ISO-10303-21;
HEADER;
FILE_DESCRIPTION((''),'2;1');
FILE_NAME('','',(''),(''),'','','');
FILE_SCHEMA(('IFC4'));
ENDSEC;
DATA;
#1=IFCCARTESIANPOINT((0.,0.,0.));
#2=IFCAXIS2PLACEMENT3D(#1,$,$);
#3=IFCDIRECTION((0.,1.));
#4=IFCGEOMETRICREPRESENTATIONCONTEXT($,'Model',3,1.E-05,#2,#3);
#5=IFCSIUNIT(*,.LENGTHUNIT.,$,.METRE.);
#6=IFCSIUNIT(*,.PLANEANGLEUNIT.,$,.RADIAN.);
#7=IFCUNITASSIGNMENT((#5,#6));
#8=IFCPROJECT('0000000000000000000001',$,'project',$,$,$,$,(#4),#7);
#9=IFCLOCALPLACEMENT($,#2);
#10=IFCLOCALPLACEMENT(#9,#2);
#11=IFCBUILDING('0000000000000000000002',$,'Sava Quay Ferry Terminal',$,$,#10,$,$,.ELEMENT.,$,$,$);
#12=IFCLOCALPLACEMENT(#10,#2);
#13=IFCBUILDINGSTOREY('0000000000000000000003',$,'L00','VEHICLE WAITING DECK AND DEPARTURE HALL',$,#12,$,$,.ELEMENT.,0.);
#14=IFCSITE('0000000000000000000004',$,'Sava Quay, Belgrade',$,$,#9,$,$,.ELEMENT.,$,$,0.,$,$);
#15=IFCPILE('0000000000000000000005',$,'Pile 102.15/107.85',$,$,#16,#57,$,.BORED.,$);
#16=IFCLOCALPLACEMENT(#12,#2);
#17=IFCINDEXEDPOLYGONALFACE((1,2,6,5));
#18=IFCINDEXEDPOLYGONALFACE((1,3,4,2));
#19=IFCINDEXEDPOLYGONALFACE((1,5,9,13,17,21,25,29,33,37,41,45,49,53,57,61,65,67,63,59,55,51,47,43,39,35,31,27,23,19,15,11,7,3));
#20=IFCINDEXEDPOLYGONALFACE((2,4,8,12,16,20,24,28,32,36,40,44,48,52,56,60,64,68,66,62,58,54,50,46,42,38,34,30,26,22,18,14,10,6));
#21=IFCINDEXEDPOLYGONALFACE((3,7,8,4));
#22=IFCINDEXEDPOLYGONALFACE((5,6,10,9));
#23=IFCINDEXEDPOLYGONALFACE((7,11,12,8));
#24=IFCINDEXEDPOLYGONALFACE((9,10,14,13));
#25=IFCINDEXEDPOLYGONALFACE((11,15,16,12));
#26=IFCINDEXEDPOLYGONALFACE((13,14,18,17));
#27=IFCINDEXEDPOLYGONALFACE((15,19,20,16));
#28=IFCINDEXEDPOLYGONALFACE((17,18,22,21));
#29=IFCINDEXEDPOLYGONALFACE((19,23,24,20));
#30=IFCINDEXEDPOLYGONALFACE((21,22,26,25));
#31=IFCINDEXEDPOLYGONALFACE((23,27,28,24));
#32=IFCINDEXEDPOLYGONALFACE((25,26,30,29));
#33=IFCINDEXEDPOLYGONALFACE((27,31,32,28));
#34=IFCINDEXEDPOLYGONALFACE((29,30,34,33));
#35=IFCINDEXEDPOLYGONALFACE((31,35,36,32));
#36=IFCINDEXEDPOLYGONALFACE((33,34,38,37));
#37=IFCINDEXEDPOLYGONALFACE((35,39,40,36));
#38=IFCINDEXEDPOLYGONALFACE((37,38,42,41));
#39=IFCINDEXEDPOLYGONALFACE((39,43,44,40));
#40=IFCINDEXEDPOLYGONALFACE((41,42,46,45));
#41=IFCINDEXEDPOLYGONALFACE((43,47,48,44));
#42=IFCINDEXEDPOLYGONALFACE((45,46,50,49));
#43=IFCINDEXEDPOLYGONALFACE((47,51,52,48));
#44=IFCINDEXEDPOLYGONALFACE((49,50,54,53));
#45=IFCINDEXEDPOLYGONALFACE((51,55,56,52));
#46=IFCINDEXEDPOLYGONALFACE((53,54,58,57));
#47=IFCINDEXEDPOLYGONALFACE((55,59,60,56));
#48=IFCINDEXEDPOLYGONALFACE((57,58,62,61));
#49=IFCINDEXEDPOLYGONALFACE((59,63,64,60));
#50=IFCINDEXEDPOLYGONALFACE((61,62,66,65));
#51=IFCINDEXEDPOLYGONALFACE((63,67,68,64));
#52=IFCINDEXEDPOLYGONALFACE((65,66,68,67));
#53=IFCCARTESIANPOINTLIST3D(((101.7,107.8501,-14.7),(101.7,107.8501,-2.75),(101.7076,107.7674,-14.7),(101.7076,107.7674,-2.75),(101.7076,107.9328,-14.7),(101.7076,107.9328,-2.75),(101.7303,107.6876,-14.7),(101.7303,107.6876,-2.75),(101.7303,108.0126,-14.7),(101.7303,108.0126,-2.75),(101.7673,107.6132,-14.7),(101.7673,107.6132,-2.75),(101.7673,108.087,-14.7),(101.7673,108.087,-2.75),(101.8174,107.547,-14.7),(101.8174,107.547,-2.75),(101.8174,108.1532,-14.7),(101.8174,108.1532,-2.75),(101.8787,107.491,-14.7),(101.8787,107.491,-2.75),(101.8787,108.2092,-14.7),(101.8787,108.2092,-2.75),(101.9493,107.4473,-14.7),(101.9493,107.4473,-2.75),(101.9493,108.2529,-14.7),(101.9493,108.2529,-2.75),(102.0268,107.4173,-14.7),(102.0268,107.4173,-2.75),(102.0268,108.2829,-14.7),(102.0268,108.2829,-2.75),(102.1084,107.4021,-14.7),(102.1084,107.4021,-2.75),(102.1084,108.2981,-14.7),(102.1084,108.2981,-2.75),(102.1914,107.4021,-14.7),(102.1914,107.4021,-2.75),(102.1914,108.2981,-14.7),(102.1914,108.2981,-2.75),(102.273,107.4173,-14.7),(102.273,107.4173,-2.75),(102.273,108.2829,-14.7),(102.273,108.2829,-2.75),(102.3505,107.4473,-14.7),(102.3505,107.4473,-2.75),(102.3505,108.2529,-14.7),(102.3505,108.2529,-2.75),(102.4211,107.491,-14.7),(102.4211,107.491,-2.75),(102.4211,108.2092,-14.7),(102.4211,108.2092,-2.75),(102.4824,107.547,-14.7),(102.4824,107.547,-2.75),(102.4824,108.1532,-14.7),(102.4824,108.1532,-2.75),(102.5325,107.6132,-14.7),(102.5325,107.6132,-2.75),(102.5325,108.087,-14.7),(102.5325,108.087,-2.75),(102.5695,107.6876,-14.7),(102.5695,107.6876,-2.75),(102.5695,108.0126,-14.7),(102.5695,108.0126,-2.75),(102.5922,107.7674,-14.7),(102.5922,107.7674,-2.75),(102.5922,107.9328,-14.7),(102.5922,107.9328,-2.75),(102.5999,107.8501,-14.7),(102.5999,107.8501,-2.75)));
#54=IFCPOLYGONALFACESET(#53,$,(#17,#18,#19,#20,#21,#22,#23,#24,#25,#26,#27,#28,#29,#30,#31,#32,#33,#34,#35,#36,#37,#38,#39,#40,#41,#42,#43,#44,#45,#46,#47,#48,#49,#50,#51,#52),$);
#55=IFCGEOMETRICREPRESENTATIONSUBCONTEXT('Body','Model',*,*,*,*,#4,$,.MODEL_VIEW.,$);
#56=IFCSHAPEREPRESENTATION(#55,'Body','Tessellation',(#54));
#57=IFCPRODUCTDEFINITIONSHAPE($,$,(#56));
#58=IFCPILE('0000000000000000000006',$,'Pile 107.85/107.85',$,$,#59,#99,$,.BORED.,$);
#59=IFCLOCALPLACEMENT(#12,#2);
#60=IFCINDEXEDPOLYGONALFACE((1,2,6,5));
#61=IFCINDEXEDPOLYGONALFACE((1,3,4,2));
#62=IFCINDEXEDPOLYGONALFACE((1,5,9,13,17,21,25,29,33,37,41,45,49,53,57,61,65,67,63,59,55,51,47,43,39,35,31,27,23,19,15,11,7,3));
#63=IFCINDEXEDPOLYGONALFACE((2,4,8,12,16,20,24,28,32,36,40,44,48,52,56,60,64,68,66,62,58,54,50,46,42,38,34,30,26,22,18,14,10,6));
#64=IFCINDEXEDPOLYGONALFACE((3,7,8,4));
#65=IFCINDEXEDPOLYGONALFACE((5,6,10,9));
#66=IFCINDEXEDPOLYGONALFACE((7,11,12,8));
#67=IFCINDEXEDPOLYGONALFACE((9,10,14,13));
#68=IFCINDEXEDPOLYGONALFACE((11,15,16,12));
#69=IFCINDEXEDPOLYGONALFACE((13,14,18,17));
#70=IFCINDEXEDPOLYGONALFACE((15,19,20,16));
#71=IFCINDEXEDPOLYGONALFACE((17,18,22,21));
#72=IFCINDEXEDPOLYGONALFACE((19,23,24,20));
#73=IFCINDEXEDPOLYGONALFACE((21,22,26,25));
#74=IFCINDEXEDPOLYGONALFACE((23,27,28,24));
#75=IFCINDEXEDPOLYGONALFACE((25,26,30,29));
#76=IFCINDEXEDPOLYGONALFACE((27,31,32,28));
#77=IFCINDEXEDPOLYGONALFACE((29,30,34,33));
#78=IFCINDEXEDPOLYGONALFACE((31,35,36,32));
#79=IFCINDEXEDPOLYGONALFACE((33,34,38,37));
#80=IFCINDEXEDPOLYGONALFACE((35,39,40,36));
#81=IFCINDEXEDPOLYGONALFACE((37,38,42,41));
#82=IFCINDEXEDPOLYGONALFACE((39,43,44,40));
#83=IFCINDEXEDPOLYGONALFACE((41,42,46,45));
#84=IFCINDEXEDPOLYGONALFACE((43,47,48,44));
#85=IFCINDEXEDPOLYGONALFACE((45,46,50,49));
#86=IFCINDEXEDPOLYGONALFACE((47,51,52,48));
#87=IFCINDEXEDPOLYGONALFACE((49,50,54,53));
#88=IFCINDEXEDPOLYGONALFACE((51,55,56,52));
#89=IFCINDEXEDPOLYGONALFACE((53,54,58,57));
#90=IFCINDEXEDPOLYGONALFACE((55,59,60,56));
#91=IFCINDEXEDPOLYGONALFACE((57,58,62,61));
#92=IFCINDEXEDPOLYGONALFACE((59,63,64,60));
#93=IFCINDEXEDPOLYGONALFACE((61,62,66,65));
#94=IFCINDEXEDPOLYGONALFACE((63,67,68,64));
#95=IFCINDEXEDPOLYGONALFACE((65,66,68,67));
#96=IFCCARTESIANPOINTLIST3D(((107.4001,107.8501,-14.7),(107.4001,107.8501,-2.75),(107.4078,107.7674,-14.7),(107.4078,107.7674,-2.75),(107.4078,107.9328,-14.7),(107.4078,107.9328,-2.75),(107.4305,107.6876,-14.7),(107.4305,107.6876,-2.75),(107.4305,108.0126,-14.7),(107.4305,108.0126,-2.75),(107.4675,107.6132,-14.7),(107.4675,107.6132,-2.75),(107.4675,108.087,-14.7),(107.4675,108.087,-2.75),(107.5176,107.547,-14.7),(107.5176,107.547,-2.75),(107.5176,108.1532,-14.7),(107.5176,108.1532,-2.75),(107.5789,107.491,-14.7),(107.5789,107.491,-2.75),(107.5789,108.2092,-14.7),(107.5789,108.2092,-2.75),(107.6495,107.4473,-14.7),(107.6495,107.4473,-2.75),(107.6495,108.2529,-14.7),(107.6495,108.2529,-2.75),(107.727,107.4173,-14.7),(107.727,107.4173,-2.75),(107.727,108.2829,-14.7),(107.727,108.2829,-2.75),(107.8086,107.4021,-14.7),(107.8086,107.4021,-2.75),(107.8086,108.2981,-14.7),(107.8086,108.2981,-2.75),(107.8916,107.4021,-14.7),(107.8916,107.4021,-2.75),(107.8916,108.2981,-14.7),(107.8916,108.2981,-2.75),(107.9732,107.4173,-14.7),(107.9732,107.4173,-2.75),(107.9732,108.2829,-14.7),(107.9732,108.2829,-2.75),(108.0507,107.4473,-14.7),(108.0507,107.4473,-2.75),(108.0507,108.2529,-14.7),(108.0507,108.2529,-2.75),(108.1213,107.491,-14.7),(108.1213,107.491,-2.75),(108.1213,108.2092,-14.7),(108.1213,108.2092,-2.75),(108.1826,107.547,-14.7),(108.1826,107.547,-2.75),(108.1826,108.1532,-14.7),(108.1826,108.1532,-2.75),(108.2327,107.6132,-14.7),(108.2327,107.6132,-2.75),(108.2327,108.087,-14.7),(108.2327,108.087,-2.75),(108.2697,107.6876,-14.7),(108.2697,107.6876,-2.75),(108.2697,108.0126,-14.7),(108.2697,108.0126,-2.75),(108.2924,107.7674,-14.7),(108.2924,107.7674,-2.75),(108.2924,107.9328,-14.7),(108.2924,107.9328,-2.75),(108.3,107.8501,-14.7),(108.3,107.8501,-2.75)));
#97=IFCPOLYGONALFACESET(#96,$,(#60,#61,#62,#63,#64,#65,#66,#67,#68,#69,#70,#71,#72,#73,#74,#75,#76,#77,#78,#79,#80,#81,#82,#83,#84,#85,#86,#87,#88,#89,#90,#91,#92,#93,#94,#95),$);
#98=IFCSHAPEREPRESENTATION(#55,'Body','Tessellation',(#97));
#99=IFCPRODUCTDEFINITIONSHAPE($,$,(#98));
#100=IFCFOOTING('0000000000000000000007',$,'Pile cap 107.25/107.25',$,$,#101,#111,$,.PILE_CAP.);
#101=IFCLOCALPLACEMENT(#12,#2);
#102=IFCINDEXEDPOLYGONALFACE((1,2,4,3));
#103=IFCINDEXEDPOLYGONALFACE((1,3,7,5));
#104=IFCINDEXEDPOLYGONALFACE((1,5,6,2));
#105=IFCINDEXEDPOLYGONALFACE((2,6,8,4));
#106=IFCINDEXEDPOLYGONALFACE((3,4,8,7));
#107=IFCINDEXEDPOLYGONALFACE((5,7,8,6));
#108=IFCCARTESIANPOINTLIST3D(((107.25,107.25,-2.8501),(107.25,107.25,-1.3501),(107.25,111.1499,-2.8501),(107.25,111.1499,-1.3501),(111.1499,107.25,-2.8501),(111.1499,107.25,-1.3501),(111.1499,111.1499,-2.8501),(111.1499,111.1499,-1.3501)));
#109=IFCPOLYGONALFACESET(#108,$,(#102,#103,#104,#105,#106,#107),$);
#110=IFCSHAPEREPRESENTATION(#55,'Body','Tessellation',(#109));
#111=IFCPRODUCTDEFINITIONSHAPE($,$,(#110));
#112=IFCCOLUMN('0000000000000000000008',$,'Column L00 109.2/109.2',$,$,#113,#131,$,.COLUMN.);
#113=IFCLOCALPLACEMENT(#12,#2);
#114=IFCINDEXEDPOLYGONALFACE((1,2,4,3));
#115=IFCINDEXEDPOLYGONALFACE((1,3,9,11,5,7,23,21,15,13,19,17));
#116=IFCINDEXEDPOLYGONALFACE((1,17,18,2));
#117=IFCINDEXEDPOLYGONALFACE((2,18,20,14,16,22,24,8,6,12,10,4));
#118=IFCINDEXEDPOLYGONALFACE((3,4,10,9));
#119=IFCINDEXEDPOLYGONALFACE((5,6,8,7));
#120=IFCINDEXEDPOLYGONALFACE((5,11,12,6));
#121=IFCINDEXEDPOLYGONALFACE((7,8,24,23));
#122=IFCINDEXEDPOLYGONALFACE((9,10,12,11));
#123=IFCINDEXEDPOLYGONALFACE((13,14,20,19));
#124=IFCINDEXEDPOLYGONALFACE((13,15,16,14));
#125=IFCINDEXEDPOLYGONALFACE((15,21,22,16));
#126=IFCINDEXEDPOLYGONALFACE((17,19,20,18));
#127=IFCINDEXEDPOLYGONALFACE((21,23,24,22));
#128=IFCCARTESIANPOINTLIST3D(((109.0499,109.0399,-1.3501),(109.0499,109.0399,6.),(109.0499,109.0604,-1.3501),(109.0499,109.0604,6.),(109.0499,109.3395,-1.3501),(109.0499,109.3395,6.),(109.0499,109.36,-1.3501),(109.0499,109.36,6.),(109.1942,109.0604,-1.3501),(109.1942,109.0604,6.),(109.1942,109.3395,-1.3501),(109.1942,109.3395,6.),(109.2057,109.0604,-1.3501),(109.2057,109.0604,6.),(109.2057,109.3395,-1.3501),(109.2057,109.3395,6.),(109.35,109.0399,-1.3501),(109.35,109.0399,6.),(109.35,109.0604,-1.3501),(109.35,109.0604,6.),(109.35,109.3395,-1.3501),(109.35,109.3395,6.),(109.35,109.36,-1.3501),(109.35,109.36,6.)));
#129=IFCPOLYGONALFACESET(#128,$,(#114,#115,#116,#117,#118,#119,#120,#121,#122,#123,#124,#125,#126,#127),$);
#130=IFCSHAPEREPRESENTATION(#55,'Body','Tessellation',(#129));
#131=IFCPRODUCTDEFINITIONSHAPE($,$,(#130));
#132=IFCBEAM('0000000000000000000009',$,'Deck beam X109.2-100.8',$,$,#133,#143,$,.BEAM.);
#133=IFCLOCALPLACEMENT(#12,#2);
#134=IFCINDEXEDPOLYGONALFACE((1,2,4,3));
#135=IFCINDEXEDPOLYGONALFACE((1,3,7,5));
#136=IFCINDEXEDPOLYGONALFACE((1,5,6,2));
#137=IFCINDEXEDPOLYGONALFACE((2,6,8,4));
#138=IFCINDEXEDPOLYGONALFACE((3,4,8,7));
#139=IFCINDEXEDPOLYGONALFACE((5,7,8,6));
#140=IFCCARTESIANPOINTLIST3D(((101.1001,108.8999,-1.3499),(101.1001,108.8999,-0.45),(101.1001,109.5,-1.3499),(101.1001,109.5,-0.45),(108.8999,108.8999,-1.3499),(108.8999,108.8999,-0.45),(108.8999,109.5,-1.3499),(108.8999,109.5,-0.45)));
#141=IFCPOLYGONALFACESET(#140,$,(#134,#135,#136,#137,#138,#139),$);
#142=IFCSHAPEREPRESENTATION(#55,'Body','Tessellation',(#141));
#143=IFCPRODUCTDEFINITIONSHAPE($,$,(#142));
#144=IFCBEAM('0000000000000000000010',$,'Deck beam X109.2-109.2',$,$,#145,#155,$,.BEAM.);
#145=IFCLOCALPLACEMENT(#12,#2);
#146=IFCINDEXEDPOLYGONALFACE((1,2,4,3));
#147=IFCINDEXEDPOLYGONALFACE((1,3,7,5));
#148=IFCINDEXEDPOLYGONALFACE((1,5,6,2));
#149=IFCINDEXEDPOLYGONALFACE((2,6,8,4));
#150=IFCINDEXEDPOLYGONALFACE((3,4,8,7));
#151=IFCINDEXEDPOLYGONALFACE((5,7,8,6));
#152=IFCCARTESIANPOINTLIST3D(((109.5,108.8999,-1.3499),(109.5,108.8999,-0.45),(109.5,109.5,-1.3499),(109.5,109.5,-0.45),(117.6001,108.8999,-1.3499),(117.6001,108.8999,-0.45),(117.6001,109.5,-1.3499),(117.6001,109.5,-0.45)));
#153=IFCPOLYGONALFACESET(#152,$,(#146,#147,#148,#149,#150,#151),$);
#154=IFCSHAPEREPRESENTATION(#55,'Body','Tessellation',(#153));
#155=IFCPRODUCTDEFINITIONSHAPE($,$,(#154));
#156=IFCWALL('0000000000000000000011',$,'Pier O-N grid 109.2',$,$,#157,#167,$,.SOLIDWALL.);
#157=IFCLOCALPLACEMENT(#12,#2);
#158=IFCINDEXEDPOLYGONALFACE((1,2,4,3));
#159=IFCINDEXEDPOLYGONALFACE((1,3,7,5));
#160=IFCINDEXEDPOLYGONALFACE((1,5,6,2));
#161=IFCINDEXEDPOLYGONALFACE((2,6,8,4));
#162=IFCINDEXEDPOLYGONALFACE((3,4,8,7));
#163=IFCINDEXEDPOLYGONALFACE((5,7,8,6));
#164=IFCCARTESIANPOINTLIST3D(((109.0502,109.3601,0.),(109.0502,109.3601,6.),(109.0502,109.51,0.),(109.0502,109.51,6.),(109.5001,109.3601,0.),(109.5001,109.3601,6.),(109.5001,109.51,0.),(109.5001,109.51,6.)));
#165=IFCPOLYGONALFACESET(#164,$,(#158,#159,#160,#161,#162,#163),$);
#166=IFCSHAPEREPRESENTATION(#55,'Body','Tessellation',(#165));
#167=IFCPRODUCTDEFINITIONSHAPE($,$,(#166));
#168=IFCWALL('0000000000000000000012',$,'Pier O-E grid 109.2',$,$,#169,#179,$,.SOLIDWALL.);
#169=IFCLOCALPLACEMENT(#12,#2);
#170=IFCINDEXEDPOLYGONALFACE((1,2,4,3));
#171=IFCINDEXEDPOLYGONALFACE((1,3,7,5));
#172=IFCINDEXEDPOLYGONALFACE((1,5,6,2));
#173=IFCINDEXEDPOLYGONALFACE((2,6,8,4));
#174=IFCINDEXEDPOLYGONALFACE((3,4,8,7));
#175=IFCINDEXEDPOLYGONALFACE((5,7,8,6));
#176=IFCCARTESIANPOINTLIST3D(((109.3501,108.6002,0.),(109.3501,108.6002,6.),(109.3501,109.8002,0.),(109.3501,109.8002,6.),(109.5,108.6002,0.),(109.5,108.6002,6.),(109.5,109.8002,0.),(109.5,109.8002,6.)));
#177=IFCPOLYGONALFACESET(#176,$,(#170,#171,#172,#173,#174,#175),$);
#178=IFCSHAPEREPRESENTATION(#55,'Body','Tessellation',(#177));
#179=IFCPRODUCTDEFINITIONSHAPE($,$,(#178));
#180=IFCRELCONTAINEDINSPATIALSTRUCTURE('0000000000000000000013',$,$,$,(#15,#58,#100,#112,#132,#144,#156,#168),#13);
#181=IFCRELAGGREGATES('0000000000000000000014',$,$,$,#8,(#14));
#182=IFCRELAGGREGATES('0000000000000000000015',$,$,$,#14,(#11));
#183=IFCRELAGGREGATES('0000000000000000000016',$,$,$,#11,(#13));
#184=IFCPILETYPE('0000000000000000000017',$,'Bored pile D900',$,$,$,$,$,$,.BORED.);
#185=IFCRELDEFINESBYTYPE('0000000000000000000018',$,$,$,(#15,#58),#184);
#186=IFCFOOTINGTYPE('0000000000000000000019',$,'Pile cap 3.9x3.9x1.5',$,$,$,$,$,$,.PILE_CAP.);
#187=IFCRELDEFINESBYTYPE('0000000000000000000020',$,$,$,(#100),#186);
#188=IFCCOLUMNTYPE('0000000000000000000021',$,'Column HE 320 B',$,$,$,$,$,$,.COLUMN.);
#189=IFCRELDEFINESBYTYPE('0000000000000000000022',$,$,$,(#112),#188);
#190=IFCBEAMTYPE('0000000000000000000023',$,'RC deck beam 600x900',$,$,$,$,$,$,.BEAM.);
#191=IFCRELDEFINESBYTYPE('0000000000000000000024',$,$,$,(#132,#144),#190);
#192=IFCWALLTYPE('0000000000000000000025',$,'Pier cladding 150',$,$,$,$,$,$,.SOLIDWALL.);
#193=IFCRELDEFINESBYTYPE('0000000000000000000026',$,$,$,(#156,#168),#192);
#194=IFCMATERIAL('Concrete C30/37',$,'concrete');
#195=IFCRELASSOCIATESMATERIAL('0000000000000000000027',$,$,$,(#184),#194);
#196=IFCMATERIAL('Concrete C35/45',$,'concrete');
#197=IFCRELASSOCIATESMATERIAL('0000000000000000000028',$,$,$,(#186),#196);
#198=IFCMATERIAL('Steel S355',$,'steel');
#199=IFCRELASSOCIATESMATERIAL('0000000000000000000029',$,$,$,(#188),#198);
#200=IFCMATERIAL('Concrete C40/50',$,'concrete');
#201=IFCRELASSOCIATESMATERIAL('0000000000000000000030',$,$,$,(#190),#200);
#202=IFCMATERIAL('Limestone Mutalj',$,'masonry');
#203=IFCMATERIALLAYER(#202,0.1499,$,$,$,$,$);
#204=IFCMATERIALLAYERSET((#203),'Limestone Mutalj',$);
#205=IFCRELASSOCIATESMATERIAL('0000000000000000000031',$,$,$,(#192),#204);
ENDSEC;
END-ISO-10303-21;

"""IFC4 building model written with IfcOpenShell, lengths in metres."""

from ifc_helpers import new_model, si_unit, direction, frame, frame_2d, origin, origin_2d, place, context, subcontext, project, spatial, rectangle, circle, i_section, extrude, material, layer, layer_set, material_profile, profile_set, type_object, element, save


model = new_model("IFC4")

# Units and contexts
model_context = context("Model", 3, precision=1e-05, world=origin(), true_north=direction((0.0, 1.0)))
body_context = subcontext(model_context, "Body", "Model", "MODEL_VIEW")
ifc_project = project(units=[si_unit("LENGTHUNIT", "METRE"), si_unit("PLANEANGLEUNIT", "RADIAN")], contexts=[model_context])

# Site, building, storey
site_placement = place(None, origin())
site = spatial("IfcSite", under=ifc_project, at=site_placement, Name="Sava Quay, Belgrade", CompositionType="ELEMENT", RefElevation=0.0)
building_placement = place(site_placement, origin())
building = spatial("IfcBuilding", under=site, at=building_placement, Name="Sava Quay Ferry Terminal", CompositionType="ELEMENT")
storey_placement = place(building_placement, origin())
storey = spatial("IfcBuildingStorey", under=building, at=storey_placement, Name="L00", Description="VEHICLE WAITING DECK AND DEPARTURE HALL", CompositionType="ELEMENT", Elevation=0.0)

# Piles
ifc_material_1 = material(Name="Concrete C30/37", Category="concrete")
ifc_material_profile_1 = material_profile(ifc_material_1, circle(Radius=0.45, at=origin_2d()), Name="Bored pile D900")
ifc_profile_set_1 = profile_set([ifc_material_profile_1], Name="Concrete C30/37")
pile_type = type_object("IfcPileType", Name="Bored pile D900", PredefinedType="BORED", material=ifc_profile_set_1)
for number, where, z_axis, x_axis, name in (
    (1, (102.1499, 107.8501, -2.75), (0.0, 0.0, -1.0), (1.0, 0.0, 0.0), "Pile 102.15/107.85"),
    (2, (107.8501, 107.8501, -2.75), (0.0, 0.0, -1.0), (1.0, 0.0, 0.0), "Pile 107.85/107.85"),
):
    element("IfcPile", number, at=place(storey_placement, frame(where, z_axis=z_axis, x_axis=x_axis)), inside=storey, type_object=pile_type, Name=name, PredefinedType="BORED", context=body_context, shape_type="SweptSolid", body=[
        extrude(circle(Radius=0.45, at=origin_2d()), origin(), (0.0, 0.0, 1.0), 11.95),
    ])

# Footing
ifc_material_2 = material(Name="Concrete C35/45", Category="concrete")
footing_type = type_object("IfcFootingType", Name="Pile cap 3.9x3.9x1.5", PredefinedType="PILE_CAP", material=ifc_material_2)
footing_placement = place(storey_placement, frame((109.2, 109.2, -2.8501), z_axis=(0.0, 0.0, 1.0), x_axis=(1.0, 0.0, 0.0)))
element("IfcFooting", 3, at=footing_placement, inside=storey, type_object=footing_type, Name="Pile cap 107.25/107.25", PredefinedType="PILE_CAP", context=body_context, shape_type="SweptSolid", body=[
    extrude(rectangle(XDim=3.8999, YDim=3.8999, at=origin_2d()), origin(), (0.0, 0.0, 1.0), 1.5),
])

# Column
ifc_material_3 = material(Name="Steel S355", Category="steel")
ifc_material_profile_2 = material_profile(ifc_material_3, i_section(OverallWidth=0.3, OverallDepth=0.3201, WebThickness=0.0115, FlangeThickness=0.0205, at=origin_2d()), Name="HE 320 B")
ifc_profile_set_2 = profile_set([ifc_material_profile_2], Name="Steel S355")
column_type = type_object("IfcColumnType", Name="Column HE 320 B", PredefinedType="COLUMN", material=ifc_profile_set_2)
column_placement = place(storey_placement, frame((109.2, 109.2, -1.3501), z_axis=(0.0, 0.0, 1.0), x_axis=(1.0, 0.0, 0.0)))
element("IfcColumn", 4, at=column_placement, inside=storey, type_object=column_type, Name="Column L00 109.2/109.2", PredefinedType="COLUMN", context=body_context, shape_type="SweptSolid", body=[
    extrude(i_section(OverallWidth=0.3, OverallDepth=0.3201, WebThickness=0.0115, FlangeThickness=0.0205, at=origin_2d()), origin(), (0.0, 0.0, 1.0), 7.3501),
])

# Beams
ifc_material_4 = material(Name="Concrete C40/50", Category="concrete")
ifc_material_profile_3 = material_profile(ifc_material_4, rectangle(XDim=0.6001, YDim=0.8999, at=origin_2d()), Name="RC 600x900")
ifc_profile_set_3 = profile_set([ifc_material_profile_3], Name="Concrete C40/50")
beam_type = type_object("IfcBeamType", Name="RC deck beam 600x900", PredefinedType="BEAM", material=ifc_profile_set_3)
beam_1_placement = place(storey_placement, frame((101.1001, 109.2, -0.8999), z_axis=(1.0, 0.0, 0.0), x_axis=(0.0, 1.0, 0.0)))
element("IfcBeam", 5, at=beam_1_placement, inside=storey, type_object=beam_type, Name="Deck beam X109.2-100.8", PredefinedType="BEAM", context=body_context, shape_type="SweptSolid", body=[
    extrude(rectangle(XDim=0.6001, YDim=0.8999, at=origin_2d()), origin(), (0.0, 0.0, 1.0), 7.7998),
])
beam_2_placement = place(storey_placement, frame((109.5, 109.2, -0.8999), z_axis=(1.0, 0.0, 0.0), x_axis=(0.0, 1.0, 0.0)))
element("IfcBeam", 6, at=beam_2_placement, inside=storey, type_object=beam_type, Name="Deck beam X109.2-109.2", PredefinedType="BEAM", context=body_context, shape_type="SweptSolid", body=[
    extrude(rectangle(XDim=0.6001, YDim=0.8999, at=origin_2d()), origin(), (0.0, 0.0, 1.0), 8.1001),
])

# Walls
ifc_material_5 = material(Name="Limestone Mutalj", Category="masonry")
ifc_layer_1 = layer(ifc_material_5, 0.1499)
ifc_layer_set_1 = layer_set([ifc_layer_1], Name="Limestone Mutalj")
wall_type_1 = type_object("IfcWallType", Name="Pier cladding 150", PredefinedType="SOLIDWALL", material=ifc_layer_set_1)
wall_1_placement = place(storey_placement, frame((109.05, 109.4351, 0.0), z_axis=(0.0, 0.0, 1.0), x_axis=(1.0, 0.0, 0.0)))
element("IfcWall", 7, at=wall_1_placement, inside=storey, type_object=wall_type_1, Name="Pier O-N grid 109.2", PredefinedType="SOLIDWALL", context=body_context, shape_type="SweptSolid", body=[
    extrude(rectangle(XDim=0.45, YDim=0.1499, at=frame_2d((0.2251, 0.0))), origin(), (0.0, 0.0, 1.0), 6.0),
])
wall_2_placement = place(storey_placement, frame((109.425, 108.6001, 0.0), z_axis=(0.0, 0.0, 1.0), x_axis=(0.0, 1.0, 0.0)))
element("IfcWall", 8, at=wall_2_placement, inside=storey, type_object=wall_type_1, Name="Pier O-E grid 109.2", PredefinedType="SOLIDWALL", context=body_context, shape_type="SweptSolid", body=[
    extrude(rectangle(XDim=1.2, YDim=0.1499, at=frame_2d((0.6001, 0.0))), origin(), (0.0, 0.0, 1.0), 6.0),
])

save(model, "model.ifc")
